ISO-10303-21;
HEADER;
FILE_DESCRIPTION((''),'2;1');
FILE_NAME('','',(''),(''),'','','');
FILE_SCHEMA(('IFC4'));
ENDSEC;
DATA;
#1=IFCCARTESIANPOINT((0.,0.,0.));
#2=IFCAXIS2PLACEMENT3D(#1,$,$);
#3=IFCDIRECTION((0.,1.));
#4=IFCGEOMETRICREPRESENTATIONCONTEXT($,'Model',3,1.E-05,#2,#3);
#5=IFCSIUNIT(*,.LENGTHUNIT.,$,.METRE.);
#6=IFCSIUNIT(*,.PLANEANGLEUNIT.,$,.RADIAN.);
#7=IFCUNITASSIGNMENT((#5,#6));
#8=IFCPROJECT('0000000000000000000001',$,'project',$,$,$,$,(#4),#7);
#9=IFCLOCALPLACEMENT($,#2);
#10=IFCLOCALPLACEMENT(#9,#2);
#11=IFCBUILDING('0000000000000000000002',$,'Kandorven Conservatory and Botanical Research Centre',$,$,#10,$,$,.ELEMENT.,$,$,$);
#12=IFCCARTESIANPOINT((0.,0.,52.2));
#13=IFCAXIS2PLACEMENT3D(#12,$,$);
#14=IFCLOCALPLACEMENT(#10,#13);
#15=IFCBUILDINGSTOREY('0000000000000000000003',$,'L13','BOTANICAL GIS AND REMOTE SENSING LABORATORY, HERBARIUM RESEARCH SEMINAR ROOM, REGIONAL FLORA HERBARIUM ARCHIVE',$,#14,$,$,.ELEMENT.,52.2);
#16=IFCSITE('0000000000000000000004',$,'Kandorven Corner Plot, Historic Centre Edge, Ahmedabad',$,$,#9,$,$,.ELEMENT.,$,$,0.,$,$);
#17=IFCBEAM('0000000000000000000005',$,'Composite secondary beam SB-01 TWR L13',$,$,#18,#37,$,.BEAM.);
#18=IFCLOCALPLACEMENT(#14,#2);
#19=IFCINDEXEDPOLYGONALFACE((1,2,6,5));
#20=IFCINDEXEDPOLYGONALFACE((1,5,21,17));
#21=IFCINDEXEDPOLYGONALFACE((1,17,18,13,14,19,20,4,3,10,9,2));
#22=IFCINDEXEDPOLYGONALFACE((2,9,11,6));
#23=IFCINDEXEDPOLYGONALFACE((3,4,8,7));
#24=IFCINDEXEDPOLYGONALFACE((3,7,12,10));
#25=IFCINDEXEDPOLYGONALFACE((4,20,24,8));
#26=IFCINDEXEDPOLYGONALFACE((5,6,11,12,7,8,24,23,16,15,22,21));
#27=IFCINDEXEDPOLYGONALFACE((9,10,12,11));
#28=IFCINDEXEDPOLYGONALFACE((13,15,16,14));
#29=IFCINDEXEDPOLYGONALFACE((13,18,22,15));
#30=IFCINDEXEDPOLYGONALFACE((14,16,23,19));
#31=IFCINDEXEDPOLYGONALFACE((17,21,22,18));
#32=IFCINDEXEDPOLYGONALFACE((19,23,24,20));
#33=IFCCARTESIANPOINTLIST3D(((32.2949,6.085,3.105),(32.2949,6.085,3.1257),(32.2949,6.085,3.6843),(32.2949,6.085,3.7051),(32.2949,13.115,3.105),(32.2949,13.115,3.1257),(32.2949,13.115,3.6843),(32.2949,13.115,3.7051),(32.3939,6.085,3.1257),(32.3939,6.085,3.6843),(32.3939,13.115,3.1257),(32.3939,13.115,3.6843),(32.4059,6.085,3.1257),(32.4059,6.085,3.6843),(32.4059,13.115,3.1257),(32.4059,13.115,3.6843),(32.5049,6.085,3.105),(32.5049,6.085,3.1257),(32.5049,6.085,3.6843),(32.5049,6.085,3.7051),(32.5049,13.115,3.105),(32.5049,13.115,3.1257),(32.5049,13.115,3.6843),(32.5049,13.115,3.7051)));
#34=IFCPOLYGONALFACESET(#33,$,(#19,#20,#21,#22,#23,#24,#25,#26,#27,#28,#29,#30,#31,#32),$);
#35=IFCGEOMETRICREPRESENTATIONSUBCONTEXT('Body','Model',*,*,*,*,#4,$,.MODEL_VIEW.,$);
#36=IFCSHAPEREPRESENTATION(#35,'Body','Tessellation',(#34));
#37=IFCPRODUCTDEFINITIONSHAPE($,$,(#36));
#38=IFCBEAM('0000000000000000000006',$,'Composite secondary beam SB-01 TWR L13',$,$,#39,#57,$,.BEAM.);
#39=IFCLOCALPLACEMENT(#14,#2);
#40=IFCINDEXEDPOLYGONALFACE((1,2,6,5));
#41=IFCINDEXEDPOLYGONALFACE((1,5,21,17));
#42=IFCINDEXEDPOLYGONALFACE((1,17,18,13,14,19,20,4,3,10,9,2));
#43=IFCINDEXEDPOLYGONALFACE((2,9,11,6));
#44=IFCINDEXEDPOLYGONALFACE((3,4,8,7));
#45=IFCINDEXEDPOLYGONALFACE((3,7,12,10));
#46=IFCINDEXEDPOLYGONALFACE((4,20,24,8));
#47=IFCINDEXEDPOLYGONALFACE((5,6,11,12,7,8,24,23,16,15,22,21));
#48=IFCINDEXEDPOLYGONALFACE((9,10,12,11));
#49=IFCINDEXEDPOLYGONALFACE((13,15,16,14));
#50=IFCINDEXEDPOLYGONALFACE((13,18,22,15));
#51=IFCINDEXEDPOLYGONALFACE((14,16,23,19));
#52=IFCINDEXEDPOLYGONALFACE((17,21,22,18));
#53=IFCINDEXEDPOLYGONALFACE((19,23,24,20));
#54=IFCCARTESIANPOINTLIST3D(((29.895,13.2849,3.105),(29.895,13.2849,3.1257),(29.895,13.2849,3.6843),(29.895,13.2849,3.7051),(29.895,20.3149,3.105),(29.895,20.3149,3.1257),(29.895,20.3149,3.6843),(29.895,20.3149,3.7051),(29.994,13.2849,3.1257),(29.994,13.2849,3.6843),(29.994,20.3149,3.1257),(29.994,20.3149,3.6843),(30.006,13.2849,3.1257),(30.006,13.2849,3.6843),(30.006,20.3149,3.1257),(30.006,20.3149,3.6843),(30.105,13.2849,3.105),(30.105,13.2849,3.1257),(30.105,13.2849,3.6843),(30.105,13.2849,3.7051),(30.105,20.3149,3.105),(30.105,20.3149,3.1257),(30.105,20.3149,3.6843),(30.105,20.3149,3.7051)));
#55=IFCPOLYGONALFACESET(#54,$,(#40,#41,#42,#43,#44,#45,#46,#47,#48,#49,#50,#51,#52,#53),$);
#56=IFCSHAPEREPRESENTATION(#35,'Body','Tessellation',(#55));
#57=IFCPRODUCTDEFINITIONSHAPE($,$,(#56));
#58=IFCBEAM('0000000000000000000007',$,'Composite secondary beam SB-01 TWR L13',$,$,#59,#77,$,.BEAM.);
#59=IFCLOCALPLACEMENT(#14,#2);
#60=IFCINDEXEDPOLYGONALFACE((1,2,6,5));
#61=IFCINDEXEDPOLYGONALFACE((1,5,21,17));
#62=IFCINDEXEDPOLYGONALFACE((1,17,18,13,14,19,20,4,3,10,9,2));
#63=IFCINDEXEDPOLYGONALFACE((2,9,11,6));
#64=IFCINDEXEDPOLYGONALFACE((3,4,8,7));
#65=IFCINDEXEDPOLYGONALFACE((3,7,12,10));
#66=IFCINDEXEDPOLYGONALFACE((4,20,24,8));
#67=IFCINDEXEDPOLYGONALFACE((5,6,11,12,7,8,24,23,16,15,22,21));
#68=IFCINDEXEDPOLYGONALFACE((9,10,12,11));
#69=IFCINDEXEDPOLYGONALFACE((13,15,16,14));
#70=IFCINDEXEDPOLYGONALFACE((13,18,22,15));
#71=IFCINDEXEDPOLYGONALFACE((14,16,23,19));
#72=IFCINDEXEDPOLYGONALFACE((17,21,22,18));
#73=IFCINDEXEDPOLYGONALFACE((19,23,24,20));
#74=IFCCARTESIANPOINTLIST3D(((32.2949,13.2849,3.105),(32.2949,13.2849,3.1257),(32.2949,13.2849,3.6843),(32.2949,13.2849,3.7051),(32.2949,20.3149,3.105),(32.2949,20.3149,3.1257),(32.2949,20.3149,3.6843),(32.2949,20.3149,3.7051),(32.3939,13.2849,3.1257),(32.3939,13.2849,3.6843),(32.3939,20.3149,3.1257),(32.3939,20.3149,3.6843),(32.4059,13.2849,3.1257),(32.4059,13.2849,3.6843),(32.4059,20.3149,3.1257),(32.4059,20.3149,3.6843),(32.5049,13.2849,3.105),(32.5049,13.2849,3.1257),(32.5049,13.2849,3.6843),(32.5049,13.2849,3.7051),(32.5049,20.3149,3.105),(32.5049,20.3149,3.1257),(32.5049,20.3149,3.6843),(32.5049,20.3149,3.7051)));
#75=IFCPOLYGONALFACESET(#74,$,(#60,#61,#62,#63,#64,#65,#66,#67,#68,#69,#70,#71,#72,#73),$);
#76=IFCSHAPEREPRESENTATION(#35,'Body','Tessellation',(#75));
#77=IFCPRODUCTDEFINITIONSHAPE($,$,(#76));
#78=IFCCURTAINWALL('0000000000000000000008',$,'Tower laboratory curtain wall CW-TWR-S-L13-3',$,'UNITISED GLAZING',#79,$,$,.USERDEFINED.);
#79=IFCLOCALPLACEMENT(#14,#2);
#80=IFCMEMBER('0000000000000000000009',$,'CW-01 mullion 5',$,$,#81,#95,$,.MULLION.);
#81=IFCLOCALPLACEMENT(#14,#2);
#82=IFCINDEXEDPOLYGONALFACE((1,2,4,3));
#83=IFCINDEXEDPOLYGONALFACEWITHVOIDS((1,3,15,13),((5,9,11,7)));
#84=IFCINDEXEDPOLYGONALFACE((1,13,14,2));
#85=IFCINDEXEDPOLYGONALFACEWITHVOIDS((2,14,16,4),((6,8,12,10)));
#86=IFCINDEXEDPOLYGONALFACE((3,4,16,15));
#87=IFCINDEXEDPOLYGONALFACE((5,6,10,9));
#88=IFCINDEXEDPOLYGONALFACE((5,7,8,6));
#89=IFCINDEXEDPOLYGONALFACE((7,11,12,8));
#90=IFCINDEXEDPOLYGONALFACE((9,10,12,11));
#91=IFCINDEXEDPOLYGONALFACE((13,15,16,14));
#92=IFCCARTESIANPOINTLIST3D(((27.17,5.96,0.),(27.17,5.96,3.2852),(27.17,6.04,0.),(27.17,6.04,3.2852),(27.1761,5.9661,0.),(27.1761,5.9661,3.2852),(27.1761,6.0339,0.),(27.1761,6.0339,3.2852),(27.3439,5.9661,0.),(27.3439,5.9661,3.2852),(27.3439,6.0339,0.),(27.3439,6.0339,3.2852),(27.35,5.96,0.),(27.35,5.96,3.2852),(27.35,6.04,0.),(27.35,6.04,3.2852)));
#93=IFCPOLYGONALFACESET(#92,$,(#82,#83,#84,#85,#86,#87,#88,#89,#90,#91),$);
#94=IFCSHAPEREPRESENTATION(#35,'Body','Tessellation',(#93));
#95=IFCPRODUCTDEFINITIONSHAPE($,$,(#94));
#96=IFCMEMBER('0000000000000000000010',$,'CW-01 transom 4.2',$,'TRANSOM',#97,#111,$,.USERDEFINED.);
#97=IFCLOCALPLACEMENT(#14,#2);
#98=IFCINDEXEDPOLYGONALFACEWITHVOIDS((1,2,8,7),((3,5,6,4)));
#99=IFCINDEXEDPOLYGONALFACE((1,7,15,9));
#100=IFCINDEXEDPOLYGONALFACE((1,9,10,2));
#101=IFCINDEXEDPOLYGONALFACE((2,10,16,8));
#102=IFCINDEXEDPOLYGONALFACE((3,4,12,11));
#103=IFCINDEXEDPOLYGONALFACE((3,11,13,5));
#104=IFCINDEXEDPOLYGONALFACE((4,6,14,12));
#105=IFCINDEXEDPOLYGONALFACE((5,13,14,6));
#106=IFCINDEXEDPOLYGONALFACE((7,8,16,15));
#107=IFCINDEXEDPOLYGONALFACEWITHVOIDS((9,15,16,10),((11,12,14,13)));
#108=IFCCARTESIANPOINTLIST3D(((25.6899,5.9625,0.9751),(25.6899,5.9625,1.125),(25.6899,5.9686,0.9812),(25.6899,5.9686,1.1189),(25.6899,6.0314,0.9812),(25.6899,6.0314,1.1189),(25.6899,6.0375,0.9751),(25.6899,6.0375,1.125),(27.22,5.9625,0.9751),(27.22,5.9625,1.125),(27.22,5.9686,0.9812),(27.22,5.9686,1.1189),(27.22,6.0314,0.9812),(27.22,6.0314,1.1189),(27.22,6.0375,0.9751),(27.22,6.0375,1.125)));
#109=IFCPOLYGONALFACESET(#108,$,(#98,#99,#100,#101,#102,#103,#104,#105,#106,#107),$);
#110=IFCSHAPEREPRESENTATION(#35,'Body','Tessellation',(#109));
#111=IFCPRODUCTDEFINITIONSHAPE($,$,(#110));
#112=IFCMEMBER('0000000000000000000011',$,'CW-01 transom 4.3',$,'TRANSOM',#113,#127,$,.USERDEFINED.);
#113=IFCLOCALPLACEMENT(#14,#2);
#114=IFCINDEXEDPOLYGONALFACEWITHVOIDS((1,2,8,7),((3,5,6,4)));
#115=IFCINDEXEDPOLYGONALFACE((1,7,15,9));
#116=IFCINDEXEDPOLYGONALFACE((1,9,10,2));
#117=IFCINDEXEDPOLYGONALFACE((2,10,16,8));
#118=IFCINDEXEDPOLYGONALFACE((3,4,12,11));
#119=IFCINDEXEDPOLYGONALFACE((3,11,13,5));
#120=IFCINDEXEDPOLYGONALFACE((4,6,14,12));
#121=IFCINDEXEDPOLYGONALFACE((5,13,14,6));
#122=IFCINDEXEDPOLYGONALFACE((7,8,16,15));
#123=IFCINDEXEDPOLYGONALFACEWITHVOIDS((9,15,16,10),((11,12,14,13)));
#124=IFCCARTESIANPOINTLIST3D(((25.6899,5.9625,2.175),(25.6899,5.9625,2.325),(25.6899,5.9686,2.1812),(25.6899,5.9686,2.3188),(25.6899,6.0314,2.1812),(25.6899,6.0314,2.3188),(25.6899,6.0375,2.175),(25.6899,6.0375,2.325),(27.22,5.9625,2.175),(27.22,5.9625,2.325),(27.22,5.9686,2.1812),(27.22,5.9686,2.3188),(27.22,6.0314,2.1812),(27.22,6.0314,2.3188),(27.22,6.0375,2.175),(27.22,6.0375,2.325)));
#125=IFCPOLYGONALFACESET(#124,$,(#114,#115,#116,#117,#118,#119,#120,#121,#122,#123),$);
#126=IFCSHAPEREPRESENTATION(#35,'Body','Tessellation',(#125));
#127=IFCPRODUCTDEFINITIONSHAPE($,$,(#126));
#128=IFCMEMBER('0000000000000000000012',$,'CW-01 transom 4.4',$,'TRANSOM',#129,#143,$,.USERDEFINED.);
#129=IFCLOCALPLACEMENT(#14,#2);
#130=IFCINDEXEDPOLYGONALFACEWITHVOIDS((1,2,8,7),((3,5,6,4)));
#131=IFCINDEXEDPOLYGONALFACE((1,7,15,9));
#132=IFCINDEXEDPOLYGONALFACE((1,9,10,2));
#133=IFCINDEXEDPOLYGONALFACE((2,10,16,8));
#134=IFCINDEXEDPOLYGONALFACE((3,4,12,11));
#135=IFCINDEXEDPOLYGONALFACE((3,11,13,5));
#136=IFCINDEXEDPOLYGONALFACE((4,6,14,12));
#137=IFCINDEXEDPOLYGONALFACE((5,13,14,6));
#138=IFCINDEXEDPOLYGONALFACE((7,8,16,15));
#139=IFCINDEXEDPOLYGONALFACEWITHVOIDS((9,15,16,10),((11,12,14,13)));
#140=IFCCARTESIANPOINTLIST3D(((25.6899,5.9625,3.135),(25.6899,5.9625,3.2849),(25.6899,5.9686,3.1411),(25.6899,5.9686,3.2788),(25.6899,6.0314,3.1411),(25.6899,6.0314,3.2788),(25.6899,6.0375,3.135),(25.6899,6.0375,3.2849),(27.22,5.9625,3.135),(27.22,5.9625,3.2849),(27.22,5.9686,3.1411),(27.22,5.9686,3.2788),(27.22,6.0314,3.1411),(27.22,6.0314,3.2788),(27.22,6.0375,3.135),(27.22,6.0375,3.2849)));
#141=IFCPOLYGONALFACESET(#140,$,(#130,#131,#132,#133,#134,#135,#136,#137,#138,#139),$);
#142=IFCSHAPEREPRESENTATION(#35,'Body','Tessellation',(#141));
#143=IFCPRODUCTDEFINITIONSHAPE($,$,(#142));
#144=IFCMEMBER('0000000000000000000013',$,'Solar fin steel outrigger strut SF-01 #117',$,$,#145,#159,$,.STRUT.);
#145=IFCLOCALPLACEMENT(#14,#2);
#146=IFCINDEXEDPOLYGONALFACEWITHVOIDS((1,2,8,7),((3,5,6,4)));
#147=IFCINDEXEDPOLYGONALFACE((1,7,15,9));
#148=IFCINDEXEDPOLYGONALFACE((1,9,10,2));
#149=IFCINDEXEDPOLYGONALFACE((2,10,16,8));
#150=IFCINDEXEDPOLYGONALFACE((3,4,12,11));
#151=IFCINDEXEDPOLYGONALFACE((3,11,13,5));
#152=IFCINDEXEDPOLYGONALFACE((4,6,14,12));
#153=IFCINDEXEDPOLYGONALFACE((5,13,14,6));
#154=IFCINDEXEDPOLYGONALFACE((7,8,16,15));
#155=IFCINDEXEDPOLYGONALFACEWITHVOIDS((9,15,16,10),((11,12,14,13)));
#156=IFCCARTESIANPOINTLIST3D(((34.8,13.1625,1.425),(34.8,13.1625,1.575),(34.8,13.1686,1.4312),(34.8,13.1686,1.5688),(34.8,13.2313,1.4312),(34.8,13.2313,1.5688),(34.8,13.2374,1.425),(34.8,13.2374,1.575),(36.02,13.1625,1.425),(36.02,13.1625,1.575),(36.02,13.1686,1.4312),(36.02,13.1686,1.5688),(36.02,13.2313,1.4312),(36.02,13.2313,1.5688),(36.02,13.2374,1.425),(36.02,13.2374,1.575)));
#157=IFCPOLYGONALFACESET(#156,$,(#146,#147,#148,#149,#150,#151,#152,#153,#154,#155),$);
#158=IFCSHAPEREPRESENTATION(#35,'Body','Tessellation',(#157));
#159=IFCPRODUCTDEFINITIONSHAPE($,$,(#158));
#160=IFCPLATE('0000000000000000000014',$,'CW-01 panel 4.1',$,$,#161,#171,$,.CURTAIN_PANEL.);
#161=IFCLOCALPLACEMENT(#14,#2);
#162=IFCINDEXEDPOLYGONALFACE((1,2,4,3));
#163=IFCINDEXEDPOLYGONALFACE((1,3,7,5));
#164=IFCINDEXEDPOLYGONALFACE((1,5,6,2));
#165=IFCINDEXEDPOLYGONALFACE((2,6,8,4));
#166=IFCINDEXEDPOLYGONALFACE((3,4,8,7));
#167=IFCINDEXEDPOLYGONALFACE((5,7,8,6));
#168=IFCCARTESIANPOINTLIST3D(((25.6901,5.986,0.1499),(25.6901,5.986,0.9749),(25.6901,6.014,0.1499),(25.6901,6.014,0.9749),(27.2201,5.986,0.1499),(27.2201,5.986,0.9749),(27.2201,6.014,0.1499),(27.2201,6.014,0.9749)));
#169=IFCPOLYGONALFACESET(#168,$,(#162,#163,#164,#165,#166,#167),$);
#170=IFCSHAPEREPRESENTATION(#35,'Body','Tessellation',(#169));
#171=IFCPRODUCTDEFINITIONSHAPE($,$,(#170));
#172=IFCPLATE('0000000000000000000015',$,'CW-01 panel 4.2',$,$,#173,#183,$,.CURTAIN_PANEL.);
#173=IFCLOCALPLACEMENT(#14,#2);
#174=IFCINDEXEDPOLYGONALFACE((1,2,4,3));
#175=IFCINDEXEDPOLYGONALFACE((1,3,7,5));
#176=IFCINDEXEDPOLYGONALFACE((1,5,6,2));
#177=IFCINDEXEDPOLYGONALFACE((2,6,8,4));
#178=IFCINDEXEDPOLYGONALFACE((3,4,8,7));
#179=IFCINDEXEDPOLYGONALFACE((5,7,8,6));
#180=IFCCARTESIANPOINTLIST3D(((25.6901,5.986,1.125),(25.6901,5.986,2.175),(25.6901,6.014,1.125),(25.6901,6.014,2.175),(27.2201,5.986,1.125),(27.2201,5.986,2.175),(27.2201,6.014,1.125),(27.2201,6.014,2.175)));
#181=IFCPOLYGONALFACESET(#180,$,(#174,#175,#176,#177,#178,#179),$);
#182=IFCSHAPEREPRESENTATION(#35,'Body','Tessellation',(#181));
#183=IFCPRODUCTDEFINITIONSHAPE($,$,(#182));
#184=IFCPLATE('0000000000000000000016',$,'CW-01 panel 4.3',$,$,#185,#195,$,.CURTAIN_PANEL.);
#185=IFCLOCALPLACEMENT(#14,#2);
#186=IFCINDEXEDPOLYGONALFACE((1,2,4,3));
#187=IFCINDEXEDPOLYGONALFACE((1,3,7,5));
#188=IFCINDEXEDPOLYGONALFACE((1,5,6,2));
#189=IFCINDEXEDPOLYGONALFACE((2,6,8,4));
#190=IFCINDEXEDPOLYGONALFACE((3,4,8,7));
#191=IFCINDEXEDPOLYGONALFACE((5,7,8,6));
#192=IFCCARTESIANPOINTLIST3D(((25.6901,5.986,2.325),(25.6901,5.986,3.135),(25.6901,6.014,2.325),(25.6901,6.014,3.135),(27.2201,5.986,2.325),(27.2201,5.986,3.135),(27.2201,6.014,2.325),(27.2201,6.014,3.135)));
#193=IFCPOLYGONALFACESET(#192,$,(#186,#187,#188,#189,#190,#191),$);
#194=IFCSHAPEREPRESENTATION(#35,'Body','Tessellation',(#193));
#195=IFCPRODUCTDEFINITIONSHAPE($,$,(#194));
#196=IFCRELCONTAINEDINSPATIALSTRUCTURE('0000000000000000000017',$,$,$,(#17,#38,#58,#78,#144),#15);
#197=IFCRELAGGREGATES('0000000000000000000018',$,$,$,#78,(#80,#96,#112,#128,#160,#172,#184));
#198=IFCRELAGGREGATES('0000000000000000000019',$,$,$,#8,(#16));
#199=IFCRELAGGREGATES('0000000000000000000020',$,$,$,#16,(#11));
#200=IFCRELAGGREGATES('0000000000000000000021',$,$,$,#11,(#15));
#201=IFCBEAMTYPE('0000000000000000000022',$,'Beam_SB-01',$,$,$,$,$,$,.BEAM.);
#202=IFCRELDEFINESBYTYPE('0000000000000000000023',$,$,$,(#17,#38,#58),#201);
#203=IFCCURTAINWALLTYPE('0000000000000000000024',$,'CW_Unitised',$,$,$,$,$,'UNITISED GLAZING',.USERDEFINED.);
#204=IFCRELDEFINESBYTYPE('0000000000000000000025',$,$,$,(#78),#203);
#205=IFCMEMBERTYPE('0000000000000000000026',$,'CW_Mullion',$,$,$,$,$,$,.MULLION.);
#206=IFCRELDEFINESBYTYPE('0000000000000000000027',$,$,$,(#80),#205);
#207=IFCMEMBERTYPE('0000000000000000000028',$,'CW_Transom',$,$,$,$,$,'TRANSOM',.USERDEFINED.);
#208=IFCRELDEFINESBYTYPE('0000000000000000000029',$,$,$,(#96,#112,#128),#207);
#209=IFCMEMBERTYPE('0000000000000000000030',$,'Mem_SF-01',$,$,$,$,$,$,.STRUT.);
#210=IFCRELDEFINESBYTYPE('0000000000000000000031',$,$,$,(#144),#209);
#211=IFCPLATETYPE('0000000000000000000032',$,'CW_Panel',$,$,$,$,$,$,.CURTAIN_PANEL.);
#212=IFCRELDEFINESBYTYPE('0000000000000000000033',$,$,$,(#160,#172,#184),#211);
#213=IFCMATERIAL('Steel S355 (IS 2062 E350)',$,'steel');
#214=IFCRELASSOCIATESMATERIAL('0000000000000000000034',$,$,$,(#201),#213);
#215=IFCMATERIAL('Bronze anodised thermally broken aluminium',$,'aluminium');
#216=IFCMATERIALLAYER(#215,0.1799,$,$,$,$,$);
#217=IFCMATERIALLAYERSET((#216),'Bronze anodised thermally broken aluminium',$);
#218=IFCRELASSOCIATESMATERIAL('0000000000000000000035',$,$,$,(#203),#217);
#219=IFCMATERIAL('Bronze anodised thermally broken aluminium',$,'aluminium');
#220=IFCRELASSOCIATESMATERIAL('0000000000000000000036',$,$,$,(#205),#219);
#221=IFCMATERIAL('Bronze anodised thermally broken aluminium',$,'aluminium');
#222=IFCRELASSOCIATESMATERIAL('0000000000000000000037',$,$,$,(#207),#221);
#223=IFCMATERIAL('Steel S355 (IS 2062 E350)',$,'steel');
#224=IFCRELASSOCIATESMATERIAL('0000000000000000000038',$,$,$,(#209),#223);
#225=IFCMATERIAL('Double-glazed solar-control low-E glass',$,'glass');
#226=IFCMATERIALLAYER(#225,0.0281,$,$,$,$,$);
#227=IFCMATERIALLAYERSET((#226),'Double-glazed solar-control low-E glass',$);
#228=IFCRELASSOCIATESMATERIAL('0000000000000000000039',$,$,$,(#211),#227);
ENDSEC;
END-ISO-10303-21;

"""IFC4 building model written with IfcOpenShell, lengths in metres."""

from ifc_helpers import new_model, si_unit, direction, frame, origin, origin_2d, place, context, subcontext, project, spatial, rectangle, hollow_rectangle, i_section, extrude, material, layer, layer_set, material_profile, profile_set, type_object, element, aggregate, save


model = new_model("IFC4")

# Units and contexts
model_context = context("Model", 3, precision=1e-05, world=origin(), true_north=direction((0.0, 1.0)))
body_context = subcontext(model_context, "Body", "Model", "MODEL_VIEW")
ifc_project = project(units=[si_unit("LENGTHUNIT", "METRE"), si_unit("PLANEANGLEUNIT", "RADIAN")], contexts=[model_context])

# Site, building, storey
site_placement = place(None, origin())
site = spatial("IfcSite", under=ifc_project, at=site_placement, Name="Kandorven Corner Plot, Historic Centre Edge, Ahmedabad", CompositionType="ELEMENT", RefElevation=0.0)
building_placement = place(site_placement, origin())
building = spatial("IfcBuilding", under=site, at=building_placement, Name="Kandorven Conservatory and Botanical Research Centre", CompositionType="ELEMENT")
storey_placement = place(building_placement, frame((0.0, 0.0, 52.2)))
storey = spatial("IfcBuildingStorey", under=building, at=storey_placement, Name="L13", Description="BOTANICAL GIS AND REMOTE SENSING LABORATORY, HERBARIUM RESEARCH SEMINAR ROOM, REGIONAL FLORA HERBARIUM ARCHIVE", CompositionType="ELEMENT", Elevation=52.2)

# Beams
ifc_material_1 = material(Name="Steel S355 (IS 2062 E350)", Category="steel")
ifc_material_profile_1 = material_profile(ifc_material_1, i_section(OverallWidth=0.21, OverallDepth=0.6001, WebThickness=0.012, FlangeThickness=0.0208, at=origin_2d()))
ifc_profile_set_1 = profile_set([ifc_material_profile_1], Name="Steel S355 (IS 2062 E350)")
beam_type_1 = type_object("IfcBeamType", Name="Beam_SB-01", PredefinedType="BEAM", material=ifc_profile_set_1)
for number, where, z_axis, x_axis, name in (
    (1, (32.3999, 6.085, 3.405), (0.0, 1.0, 0.0), (-1.0, 0.0, 0.0), "Composite secondary beam SB-01 TWR L13"),
    (2, (30.0, 13.2849, 3.405), (0.0, 1.0, 0.0), (-1.0, 0.0, 0.0), "Composite secondary beam SB-01 TWR L13"),
    (3, (32.3999, 13.2849, 3.405), (0.0, 1.0, 0.0), (-1.0, 0.0, 0.0), "Composite secondary beam SB-01 TWR L13"),
):
    element("IfcBeam", number, at=place(storey_placement, frame(where, z_axis=z_axis, x_axis=x_axis)), inside=storey, type_object=beam_type_1, Name=name, PredefinedType="BEAM", context=body_context, shape_type="SweptSolid", body=[
        extrude(i_section(OverallWidth=0.21, OverallDepth=0.6001, WebThickness=0.012, FlangeThickness=0.0208, at=origin_2d()), origin(), (0.0, 0.0, 1.0), 7.03),
    ])

# Curtain wall, members
ifc_material_2 = material(Name="Bronze anodised thermally broken aluminium", Category="aluminium")
ifc_layer_1 = layer(ifc_material_2, 0.1799)
ifc_layer_set_1 = layer_set([ifc_layer_1], Name="Bronze anodised thermally broken aluminium")
curtain_wall_type = type_object("IfcCurtainWallType", Name="CW_Unitised", ElementType="UNITISED GLAZING", PredefinedType="USERDEFINED", material=ifc_layer_set_1)
curtain_wall_placement = place(storey_placement, origin())
curtain_wall = element("IfcCurtainWall", 4, at=curtain_wall_placement, inside=storey, type_object=curtain_wall_type, Name="Tower laboratory curtain wall CW-TWR-S-L13-3", ObjectType="UNITISED GLAZING", PredefinedType="USERDEFINED")
ifc_material_3 = material(Name="Bronze anodised thermally broken aluminium", Category="aluminium")
ifc_material_profile_2 = material_profile(ifc_material_3, hollow_rectangle(XDim=0.0801, YDim=0.1799, WallThickness=0.0061, at=origin_2d()))
ifc_profile_set_2 = profile_set([ifc_material_profile_2], Name="Bronze anodised thermally broken aluminium")
member_type_1 = type_object("IfcMemberType", Name="CW_Mullion", PredefinedType="MULLION", material=ifc_profile_set_2)
member_1_placement = place(storey_placement, frame((27.26, 6.0, 0.0), z_axis=(0.0, 0.0, 1.0), x_axis=(0.0, 1.0, 0.0)))
member_1 = element("IfcMember", 5, at=member_1_placement, type_object=member_type_1, Name="CW-01 mullion 5", PredefinedType="MULLION", context=body_context, shape_type="SweptSolid", body=[
    extrude(hollow_rectangle(XDim=0.0801, YDim=0.1799, WallThickness=0.0061, at=origin_2d()), origin(), (0.0, 0.0, 1.0), 3.2852),
])
ifc_material_4 = material(Name="Bronze anodised thermally broken aluminium", Category="aluminium")
ifc_material_profile_3 = material_profile(ifc_material_4, hollow_rectangle(XDim=0.075, YDim=0.1499, WallThickness=0.0061, at=origin_2d()))
ifc_profile_set_3 = profile_set([ifc_material_profile_3], Name="Bronze anodised thermally broken aluminium")
member_type_2 = type_object("IfcMemberType", Name="CW_Transom", ElementType="TRANSOM", PredefinedType="USERDEFINED", material=ifc_profile_set_3)
member_2_placement = place(storey_placement, frame((25.6899, 6.0, 1.05), z_axis=(1.0, 0.0, 0.0), x_axis=(0.0, 1.0, 0.0)))
member_2 = element("IfcMember", 6, at=member_2_placement, type_object=member_type_2, Name="CW-01 transom 4.2", ObjectType="TRANSOM", PredefinedType="USERDEFINED", context=body_context, shape_type="SweptSolid", body=[
    extrude(hollow_rectangle(XDim=0.075, YDim=0.1499, WallThickness=0.0061, at=origin_2d()), origin(), (0.0, 0.0, 1.0), 1.53),
])
member_3_placement = place(storey_placement, frame((25.6899, 6.0, 2.25), z_axis=(1.0, 0.0, 0.0), x_axis=(0.0, 1.0, 0.0)))
member_3 = element("IfcMember", 7, at=member_3_placement, type_object=member_type_2, Name="CW-01 transom 4.3", ObjectType="TRANSOM", PredefinedType="USERDEFINED", context=body_context, shape_type="SweptSolid", body=[
    extrude(hollow_rectangle(XDim=0.075, YDim=0.1499, WallThickness=0.0061, at=origin_2d()), origin(), (0.0, 0.0, 1.0), 1.53),
])
member_4_placement = place(storey_placement, frame((25.6899, 6.0, 3.21), z_axis=(1.0, 0.0, 0.0), x_axis=(0.0, 1.0, 0.0)))
member_4 = element("IfcMember", 8, at=member_4_placement, type_object=member_type_2, Name="CW-01 transom 4.4", ObjectType="TRANSOM", PredefinedType="USERDEFINED", context=body_context, shape_type="SweptSolid", body=[
    extrude(hollow_rectangle(XDim=0.075, YDim=0.1499, WallThickness=0.0061, at=origin_2d()), origin(), (0.0, 0.0, 1.0), 1.53),
])

# Member
ifc_material_5 = material(Name="Steel S355 (IS 2062 E350)", Category="steel")
ifc_material_profile_4 = material_profile(ifc_material_5, hollow_rectangle(XDim=0.075, YDim=0.1499, WallThickness=0.0061, at=origin_2d()))
ifc_profile_set_4 = profile_set([ifc_material_profile_4], Name="Steel S355 (IS 2062 E350)")
member_type_3 = type_object("IfcMemberType", Name="Mem_SF-01", PredefinedType="STRUT", material=ifc_profile_set_4)
member_5_placement = place(storey_placement, frame((34.8, 13.2, 1.5), z_axis=(1.0, 0.0, 0.0), x_axis=(0.0, 1.0, 0.0)))
element("IfcMember", 9, at=member_5_placement, inside=storey, type_object=member_type_3, Name="Solar fin steel outrigger strut SF-01 #117", PredefinedType="STRUT", context=body_context, shape_type="SweptSolid", body=[
    extrude(hollow_rectangle(XDim=0.075, YDim=0.1499, WallThickness=0.0061, at=origin_2d()), origin(), (0.0, 0.0, 1.0), 1.22),
])

# Plates
ifc_material_6 = material(Name="Double-glazed solar-control low-E glass", Category="glass")
ifc_layer_2 = layer(ifc_material_6, 0.0281)
ifc_layer_set_2 = layer_set([ifc_layer_2], Name="Double-glazed solar-control low-E glass")
plate_type_1 = type_object("IfcPlateType", Name="CW_Panel", PredefinedType="CURTAIN_PANEL", material=ifc_layer_set_2)
plate_1_placement = place(storey_placement, frame((26.4551, 6.0, 0.1499), z_axis=(0.0, 0.0, 1.0), x_axis=(1.0, 0.0, 0.0)))
plate_1 = element("IfcPlate", 10, at=plate_1_placement, type_object=plate_type_1, Name="CW-01 panel 4.1", PredefinedType="CURTAIN_PANEL", context=body_context, shape_type="SweptSolid", body=[
    extrude(rectangle(XDim=1.53, YDim=0.0281, at=origin_2d()), origin(), (0.0, 0.0, 1.0), 0.825),
])
plate_2_placement = place(storey_placement, frame((26.4551, 6.0, 1.125), z_axis=(0.0, 0.0, 1.0), x_axis=(1.0, 0.0, 0.0)))
plate_2 = element("IfcPlate", 11, at=plate_2_placement, type_object=plate_type_1, Name="CW-01 panel 4.2", PredefinedType="CURTAIN_PANEL", context=body_context, shape_type="SweptSolid", body=[
    extrude(rectangle(XDim=1.53, YDim=0.0281, at=origin_2d()), origin(), (0.0, 0.0, 1.0), 1.05),
])
plate_3_placement = place(storey_placement, frame((26.4551, 6.0, 2.325), z_axis=(0.0, 0.0, 1.0), x_axis=(1.0, 0.0, 0.0)))
plate_3 = element("IfcPlate", 12, at=plate_3_placement, type_object=plate_type_1, Name="CW-01 panel 4.3", PredefinedType="CURTAIN_PANEL", context=body_context, shape_type="SweptSolid", body=[
    extrude(rectangle(XDim=1.53, YDim=0.0281, at=origin_2d()), origin(), (0.0, 0.0, 1.0), 0.8101),
])
aggregate(curtain_wall, [member_1, member_2, member_3, member_4, plate_1, plate_2, plate_3])

save(model, "model.ifc")
